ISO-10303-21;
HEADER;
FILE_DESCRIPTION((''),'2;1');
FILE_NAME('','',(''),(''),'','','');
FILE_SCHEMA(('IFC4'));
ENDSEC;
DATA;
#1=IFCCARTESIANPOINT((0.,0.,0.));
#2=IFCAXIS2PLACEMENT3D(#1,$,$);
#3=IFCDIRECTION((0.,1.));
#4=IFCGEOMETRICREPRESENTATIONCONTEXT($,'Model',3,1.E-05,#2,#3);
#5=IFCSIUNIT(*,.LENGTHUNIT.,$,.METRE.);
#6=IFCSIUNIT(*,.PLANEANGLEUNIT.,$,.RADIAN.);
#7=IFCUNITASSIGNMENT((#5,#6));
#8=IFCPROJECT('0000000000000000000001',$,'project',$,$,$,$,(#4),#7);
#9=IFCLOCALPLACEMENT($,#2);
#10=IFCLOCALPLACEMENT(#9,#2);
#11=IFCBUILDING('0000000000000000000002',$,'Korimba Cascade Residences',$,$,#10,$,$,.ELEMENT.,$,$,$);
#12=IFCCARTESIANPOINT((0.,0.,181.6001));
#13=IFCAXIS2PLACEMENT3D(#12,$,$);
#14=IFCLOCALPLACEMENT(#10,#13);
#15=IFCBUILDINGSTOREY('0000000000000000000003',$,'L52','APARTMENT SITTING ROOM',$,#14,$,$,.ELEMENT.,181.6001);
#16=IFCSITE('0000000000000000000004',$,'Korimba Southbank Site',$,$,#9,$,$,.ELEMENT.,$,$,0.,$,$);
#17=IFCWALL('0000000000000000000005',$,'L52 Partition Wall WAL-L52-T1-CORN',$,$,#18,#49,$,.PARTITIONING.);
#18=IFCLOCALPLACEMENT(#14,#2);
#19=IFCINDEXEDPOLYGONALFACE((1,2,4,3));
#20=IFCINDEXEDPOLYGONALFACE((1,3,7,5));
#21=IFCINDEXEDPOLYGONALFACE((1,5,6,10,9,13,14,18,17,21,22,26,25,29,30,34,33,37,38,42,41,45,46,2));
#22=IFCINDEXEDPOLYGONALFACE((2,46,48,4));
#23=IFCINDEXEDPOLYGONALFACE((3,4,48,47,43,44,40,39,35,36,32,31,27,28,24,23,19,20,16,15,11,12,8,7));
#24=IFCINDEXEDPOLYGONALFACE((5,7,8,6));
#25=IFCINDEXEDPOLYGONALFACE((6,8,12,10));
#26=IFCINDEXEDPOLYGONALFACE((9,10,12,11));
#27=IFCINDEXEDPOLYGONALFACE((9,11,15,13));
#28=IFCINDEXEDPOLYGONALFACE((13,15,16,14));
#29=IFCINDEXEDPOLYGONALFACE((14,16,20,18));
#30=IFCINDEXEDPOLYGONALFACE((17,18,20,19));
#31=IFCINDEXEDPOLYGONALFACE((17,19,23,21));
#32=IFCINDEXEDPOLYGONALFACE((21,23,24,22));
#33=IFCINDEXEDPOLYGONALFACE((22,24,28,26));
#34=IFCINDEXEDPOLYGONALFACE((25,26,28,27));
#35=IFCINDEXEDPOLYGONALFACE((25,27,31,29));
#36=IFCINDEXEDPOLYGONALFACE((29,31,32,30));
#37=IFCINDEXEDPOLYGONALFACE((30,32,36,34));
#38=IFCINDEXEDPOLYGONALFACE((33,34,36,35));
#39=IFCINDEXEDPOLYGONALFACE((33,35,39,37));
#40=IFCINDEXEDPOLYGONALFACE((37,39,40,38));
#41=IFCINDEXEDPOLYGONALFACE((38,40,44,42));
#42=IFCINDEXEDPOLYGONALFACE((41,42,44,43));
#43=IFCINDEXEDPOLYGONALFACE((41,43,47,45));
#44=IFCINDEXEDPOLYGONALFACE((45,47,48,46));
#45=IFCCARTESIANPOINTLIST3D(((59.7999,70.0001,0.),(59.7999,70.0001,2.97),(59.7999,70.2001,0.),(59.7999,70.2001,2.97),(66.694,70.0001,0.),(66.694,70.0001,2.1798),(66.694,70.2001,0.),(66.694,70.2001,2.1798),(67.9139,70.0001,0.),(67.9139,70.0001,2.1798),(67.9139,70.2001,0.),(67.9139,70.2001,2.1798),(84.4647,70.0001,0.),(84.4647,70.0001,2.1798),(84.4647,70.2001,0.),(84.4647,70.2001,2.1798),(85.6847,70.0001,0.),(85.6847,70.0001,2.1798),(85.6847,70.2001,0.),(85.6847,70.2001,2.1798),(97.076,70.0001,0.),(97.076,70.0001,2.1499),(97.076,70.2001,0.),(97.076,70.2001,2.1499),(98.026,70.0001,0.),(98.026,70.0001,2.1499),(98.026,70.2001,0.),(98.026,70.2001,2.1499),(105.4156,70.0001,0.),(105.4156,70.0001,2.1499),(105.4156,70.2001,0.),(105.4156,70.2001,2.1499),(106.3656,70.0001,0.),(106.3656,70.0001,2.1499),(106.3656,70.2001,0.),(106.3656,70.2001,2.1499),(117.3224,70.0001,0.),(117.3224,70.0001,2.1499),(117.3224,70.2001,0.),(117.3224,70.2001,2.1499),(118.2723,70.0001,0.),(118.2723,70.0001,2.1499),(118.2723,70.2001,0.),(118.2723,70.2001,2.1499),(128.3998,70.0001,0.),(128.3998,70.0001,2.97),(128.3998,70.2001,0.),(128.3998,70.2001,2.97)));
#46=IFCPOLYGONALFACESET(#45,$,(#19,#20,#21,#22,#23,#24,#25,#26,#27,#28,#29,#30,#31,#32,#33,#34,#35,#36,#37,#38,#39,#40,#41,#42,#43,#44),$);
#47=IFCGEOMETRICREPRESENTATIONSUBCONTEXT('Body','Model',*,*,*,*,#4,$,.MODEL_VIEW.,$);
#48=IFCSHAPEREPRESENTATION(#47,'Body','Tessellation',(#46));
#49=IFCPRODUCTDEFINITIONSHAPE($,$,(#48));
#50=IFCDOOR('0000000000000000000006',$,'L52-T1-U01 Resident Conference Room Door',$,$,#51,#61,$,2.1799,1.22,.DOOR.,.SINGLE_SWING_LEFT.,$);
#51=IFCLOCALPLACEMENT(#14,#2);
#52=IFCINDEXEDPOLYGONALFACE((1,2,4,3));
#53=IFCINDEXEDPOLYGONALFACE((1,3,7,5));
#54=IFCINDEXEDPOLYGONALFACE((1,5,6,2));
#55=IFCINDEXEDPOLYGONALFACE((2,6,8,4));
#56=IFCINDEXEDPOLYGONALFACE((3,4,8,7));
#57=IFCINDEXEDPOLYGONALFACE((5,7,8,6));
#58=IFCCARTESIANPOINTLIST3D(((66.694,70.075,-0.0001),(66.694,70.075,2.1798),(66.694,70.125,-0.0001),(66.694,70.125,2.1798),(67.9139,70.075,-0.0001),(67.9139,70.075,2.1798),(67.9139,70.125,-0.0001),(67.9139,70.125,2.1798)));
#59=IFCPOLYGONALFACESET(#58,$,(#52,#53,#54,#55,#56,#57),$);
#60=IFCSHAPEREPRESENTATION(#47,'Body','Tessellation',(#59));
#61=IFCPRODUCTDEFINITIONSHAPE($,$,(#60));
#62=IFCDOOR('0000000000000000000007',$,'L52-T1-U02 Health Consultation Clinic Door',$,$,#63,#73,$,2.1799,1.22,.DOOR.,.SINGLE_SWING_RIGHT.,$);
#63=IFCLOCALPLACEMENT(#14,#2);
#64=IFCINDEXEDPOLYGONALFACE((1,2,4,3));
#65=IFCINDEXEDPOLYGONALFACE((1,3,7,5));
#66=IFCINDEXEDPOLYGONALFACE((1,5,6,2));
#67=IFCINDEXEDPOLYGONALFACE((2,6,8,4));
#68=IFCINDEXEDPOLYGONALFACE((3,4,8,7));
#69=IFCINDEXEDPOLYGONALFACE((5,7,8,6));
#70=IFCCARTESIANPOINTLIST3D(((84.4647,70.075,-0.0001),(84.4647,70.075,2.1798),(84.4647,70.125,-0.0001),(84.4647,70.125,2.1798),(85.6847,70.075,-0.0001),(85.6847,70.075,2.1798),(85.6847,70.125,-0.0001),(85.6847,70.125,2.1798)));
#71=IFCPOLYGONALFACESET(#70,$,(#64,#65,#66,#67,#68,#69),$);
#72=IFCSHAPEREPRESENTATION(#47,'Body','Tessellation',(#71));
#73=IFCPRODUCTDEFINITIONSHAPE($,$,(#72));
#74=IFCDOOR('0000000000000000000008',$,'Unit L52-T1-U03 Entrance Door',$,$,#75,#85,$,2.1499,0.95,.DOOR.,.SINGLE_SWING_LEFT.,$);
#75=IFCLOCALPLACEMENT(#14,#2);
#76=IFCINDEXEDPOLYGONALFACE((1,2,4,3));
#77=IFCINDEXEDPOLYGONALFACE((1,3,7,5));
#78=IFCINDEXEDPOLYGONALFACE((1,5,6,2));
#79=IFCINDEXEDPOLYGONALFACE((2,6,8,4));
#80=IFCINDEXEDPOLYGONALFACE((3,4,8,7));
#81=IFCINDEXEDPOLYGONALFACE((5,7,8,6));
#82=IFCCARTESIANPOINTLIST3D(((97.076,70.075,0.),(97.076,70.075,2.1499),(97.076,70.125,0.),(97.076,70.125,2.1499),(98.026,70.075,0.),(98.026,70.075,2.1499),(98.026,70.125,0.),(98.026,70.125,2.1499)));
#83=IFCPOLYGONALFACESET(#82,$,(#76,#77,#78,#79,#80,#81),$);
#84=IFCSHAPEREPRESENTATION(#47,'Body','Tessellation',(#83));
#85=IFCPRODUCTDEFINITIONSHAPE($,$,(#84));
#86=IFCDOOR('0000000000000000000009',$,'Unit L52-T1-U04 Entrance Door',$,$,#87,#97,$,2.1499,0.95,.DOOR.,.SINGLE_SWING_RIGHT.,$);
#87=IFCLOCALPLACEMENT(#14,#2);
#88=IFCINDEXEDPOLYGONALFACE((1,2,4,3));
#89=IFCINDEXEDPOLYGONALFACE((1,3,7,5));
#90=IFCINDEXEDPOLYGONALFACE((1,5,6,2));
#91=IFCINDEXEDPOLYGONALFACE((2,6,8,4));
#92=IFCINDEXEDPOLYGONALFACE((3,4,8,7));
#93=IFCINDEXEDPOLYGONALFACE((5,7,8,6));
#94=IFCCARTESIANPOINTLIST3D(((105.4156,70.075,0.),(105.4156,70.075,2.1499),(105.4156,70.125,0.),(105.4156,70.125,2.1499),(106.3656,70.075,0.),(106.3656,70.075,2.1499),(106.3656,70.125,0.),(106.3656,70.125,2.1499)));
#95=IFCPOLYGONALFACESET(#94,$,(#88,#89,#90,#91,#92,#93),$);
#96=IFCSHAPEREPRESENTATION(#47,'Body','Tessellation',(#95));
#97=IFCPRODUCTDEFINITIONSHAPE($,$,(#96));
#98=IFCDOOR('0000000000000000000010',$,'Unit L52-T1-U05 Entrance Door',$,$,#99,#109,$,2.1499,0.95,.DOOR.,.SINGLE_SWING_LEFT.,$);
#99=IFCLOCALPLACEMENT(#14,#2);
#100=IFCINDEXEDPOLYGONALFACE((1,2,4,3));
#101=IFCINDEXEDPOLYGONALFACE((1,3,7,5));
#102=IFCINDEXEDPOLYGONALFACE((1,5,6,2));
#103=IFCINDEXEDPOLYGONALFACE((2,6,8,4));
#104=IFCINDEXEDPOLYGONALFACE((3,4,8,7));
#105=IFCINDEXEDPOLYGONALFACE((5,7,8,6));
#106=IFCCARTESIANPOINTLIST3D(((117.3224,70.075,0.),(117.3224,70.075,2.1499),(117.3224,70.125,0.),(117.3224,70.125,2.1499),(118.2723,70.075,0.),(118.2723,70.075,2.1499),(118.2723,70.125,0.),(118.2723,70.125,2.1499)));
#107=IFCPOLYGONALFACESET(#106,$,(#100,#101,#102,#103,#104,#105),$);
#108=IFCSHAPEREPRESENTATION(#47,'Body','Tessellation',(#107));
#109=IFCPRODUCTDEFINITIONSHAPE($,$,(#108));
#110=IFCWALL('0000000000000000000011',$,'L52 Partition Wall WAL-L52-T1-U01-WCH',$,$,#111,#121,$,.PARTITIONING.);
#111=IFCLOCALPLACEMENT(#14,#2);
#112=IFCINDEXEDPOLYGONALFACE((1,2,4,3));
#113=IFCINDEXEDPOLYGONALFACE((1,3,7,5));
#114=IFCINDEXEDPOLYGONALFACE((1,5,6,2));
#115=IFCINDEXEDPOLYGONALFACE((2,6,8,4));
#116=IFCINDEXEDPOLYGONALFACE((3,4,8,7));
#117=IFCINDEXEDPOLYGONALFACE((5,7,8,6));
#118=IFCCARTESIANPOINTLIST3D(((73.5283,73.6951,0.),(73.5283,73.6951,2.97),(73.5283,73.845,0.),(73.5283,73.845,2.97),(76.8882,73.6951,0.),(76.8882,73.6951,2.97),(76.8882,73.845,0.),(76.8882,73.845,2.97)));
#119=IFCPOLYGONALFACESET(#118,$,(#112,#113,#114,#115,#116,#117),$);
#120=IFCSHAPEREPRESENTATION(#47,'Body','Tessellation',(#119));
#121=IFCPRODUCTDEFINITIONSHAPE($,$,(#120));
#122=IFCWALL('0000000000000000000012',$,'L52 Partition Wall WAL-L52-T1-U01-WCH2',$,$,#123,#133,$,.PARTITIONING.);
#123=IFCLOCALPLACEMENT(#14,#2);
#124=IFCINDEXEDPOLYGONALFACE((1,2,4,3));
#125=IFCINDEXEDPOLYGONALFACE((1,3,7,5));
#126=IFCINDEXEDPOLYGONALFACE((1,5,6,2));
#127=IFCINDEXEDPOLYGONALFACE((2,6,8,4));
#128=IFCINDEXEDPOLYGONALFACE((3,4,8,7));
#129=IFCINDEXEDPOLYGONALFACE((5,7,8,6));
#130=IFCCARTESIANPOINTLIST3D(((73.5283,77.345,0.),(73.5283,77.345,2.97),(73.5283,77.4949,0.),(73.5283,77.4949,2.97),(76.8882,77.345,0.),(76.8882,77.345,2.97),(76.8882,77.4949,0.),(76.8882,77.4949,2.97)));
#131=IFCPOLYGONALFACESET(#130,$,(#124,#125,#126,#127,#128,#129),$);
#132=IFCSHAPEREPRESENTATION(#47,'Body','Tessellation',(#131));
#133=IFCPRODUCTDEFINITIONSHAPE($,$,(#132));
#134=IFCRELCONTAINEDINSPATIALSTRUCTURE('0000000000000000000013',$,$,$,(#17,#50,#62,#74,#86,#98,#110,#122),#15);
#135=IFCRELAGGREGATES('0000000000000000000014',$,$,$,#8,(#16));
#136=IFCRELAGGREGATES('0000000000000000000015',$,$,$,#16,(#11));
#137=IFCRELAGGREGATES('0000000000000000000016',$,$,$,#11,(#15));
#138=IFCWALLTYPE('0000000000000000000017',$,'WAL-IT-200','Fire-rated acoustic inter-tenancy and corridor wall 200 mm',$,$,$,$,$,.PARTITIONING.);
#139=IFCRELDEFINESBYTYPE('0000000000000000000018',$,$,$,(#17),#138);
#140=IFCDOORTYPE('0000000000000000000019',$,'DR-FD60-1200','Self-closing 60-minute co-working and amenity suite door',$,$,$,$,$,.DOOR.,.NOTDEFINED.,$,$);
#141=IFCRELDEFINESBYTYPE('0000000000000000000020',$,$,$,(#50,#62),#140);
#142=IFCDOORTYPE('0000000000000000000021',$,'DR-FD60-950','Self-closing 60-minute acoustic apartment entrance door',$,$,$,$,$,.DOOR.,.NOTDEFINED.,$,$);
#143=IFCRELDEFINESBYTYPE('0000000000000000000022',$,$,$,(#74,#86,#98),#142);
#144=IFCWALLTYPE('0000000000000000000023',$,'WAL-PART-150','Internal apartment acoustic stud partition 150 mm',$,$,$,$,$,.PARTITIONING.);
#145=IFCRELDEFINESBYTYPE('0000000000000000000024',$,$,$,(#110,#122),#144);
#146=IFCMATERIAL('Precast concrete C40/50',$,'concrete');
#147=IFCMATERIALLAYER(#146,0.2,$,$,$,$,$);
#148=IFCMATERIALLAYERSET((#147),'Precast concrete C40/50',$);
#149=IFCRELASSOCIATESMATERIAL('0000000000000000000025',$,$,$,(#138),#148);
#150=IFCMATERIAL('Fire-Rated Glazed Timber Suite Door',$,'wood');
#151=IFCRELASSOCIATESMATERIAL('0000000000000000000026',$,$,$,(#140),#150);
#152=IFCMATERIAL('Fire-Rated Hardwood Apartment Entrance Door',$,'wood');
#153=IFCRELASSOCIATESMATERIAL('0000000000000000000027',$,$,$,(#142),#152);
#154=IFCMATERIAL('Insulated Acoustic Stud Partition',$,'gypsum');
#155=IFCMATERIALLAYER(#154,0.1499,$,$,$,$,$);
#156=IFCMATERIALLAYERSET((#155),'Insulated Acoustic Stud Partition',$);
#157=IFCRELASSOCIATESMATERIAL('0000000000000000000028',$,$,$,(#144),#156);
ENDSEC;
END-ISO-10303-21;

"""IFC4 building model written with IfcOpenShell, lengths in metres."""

from ifc_helpers import new_model, si_unit, direction, frame, frame_2d, origin, place, context, subcontext, project, spatial, rectangle, extrude, material, layer, layer_set, type_object, element, fill, save


model = new_model("IFC4")

# Units and contexts
model_context = context("Model", 3, precision=1e-05, world=origin(), true_north=direction((0.0, 1.0)))
body_context = subcontext(model_context, "Body", "Model", "MODEL_VIEW")
ifc_project = project(units=[si_unit("LENGTHUNIT", "METRE"), si_unit("PLANEANGLEUNIT", "RADIAN")], contexts=[model_context])

# Site, building, storey
site_placement = place(None, origin())
site = spatial("IfcSite", under=ifc_project, at=site_placement, Name="Korimba Southbank Site", CompositionType="ELEMENT", RefElevation=0.0)
building_placement = place(site_placement, origin())
building = spatial("IfcBuilding", under=site, at=building_placement, Name="Korimba Cascade Residences", CompositionType="ELEMENT")
storey_placement = place(building_placement, frame((0.0, 0.0, 181.6001)))
storey = spatial("IfcBuildingStorey", under=building, at=storey_placement, Name="L52", Description="APARTMENT SITTING ROOM", CompositionType="ELEMENT", Elevation=181.6001)

# Shared definitions
ifc_material_1 = material(Name="Precast concrete C40/50", Category="concrete")
ifc_layer_1 = layer(ifc_material_1, 0.2)
ifc_layer_set_1 = layer_set([ifc_layer_1], Name="Precast concrete C40/50")
wall_type_1 = type_object("IfcWallType", Name="WAL-IT-200", Description="Fire-rated acoustic inter-tenancy and corridor wall 200 mm", PredefinedType="PARTITIONING", material=ifc_layer_set_1)

# Wall, openings, doors
wall_1_placement = place(storey_placement, frame((59.8, 70.1001, 0.0), z_axis=(0.0, 0.0, 1.0), x_axis=(1.0, 0.0, 0.0)))
wall_1 = element("IfcWall", 1, at=wall_1_placement, inside=storey, type_object=wall_type_1, Name="L52 Partition Wall WAL-L52-T1-CORN", PredefinedType="PARTITIONING", context=body_context, shape_type="SweptSolid", body=[
    extrude(rectangle(XDim=68.5999, YDim=0.2, at=frame_2d((34.2998, 0.0))), origin(), (0.0, 0.0, 1.0), 2.97),
])
opening_1_placement = place(wall_1_placement, frame((6.894, 0.0, 0.0)))
opening_1 = element("IfcOpeningElement", 2, at=opening_1_placement, cuts=wall_1, PredefinedType="OPENING", context=body_context, shape_type="SweptSolid", body=[
    extrude(rectangle(XDim=1.22, YDim=2.1799, at=frame_2d((0.6099, 1.0898))), frame((0.0, 0.1099, 0.0), z_axis=(0.0, -1.0, 0.0), x_axis=(1.0, 0.0, 0.0)), (0.0, 0.0, 1.0), 0.22),
])
opening_2_placement = place(wall_1_placement, frame((24.6648, 0.0, 0.0)))
opening_2 = element("IfcOpeningElement", 3, at=opening_2_placement, cuts=wall_1, PredefinedType="OPENING", context=body_context, shape_type="SweptSolid", body=[
    extrude(rectangle(XDim=1.22, YDim=2.1799, at=frame_2d((0.6099, 1.0898))), frame((0.0, 0.1099, 0.0), z_axis=(0.0, -1.0, 0.0), x_axis=(1.0, 0.0, 0.0)), (0.0, 0.0, 1.0), 0.22),
])
opening_3_placement = place(wall_1_placement, frame((37.2759, 0.0, 0.0)))
opening_3 = element("IfcOpeningElement", 4, at=opening_3_placement, cuts=wall_1, PredefinedType="OPENING", context=body_context, shape_type="SweptSolid", body=[
    extrude(rectangle(XDim=0.95, YDim=2.1499, at=frame_2d((0.4751, 1.075))), frame((0.0, 0.1099, 0.0), z_axis=(0.0, -1.0, 0.0), x_axis=(1.0, 0.0, 0.0)), (0.0, 0.0, 1.0), 0.22),
])
opening_4_placement = place(wall_1_placement, frame((45.6155, 0.0, 0.0)))
opening_4 = element("IfcOpeningElement", 5, at=opening_4_placement, cuts=wall_1, PredefinedType="OPENING", context=body_context, shape_type="SweptSolid", body=[
    extrude(rectangle(XDim=0.95, YDim=2.1499, at=frame_2d((0.4751, 1.075))), frame((0.0, 0.1099, 0.0), z_axis=(0.0, -1.0, 0.0), x_axis=(1.0, 0.0, 0.0)), (0.0, 0.0, 1.0), 0.22),
])
opening_5_placement = place(wall_1_placement, frame((57.5222, 0.0, 0.0)))
opening_5 = element("IfcOpeningElement", 6, at=opening_5_placement, cuts=wall_1, PredefinedType="OPENING", context=body_context, shape_type="SweptSolid", body=[
    extrude(rectangle(XDim=0.95, YDim=2.1499, at=frame_2d((0.4751, 1.075))), frame((0.0, 0.1099, 0.0), z_axis=(0.0, -1.0, 0.0), x_axis=(1.0, 0.0, 0.0)), (0.0, 0.0, 1.0), 0.22),
])
ifc_material_2 = material(Name="Fire-Rated Glazed Timber Suite Door", Category="wood")
door_type_1 = type_object("IfcDoorType", Name="DR-FD60-1200", Description="Self-closing 60-minute co-working and amenity suite door", OperationType="NOTDEFINED", PredefinedType="DOOR", material=ifc_material_2)
door_1_placement = place(opening_1_placement, origin())
door_1 = element("IfcDoor", 7, at=door_1_placement, inside=storey, type_object=door_type_1, Name="L52-T1-U01 Resident Conference Room Door", OperationType="SINGLE_SWING_LEFT", OverallHeight=2.1799, OverallWidth=1.22, PredefinedType="DOOR", context=body_context, shape_type="SweptSolid", body=[
    extrude(rectangle(XDim=1.22, YDim=2.1799, at=frame_2d((0.6099, 1.0898))), frame((0.0, 0.0249, 0.0), z_axis=(0.0, -1.0, 0.0), x_axis=(1.0, 0.0, 0.0)), (0.0, 0.0, 1.0), 0.05),
])
fill(opening_1, door_1)
door_2_placement = place(opening_2_placement, origin())
door_2 = element("IfcDoor", 8, at=door_2_placement, inside=storey, type_object=door_type_1, Name="L52-T1-U02 Health Consultation Clinic Door", OperationType="SINGLE_SWING_RIGHT", OverallHeight=2.1799, OverallWidth=1.22, PredefinedType="DOOR", context=body_context, shape_type="SweptSolid", body=[
    extrude(rectangle(XDim=1.22, YDim=2.1799, at=frame_2d((0.6099, 1.0898))), frame((0.0, 0.0249, 0.0), z_axis=(0.0, -1.0, 0.0), x_axis=(1.0, 0.0, 0.0)), (0.0, 0.0, 1.0), 0.05),
])
fill(opening_2, door_2)
ifc_material_3 = material(Name="Fire-Rated Hardwood Apartment Entrance Door", Category="wood")
door_type_2 = type_object("IfcDoorType", Name="DR-FD60-950", Description="Self-closing 60-minute acoustic apartment entrance door", OperationType="NOTDEFINED", PredefinedType="DOOR", material=ifc_material_3)
door_3_placement = place(opening_3_placement, origin())
door_3 = element("IfcDoor", 9, at=door_3_placement, inside=storey, type_object=door_type_2, Name="Unit L52-T1-U03 Entrance Door", OperationType="SINGLE_SWING_LEFT", OverallHeight=2.1499, OverallWidth=0.95, PredefinedType="DOOR", context=body_context, shape_type="SweptSolid", body=[
    extrude(rectangle(XDim=0.95, YDim=2.1499, at=frame_2d((0.4751, 1.075))), frame((0.0, 0.0249, 0.0), z_axis=(0.0, -1.0, 0.0), x_axis=(1.0, 0.0, 0.0)), (0.0, 0.0, 1.0), 0.05),
])
fill(opening_3, door_3)
door_4_placement = place(opening_4_placement, origin())
door_4 = element("IfcDoor", 10, at=door_4_placement, inside=storey, type_object=door_type_2, Name="Unit L52-T1-U04 Entrance Door", OperationType="SINGLE_SWING_RIGHT", OverallHeight=2.1499, OverallWidth=0.95, PredefinedType="DOOR", context=body_context, shape_type="SweptSolid", body=[
    extrude(rectangle(XDim=0.95, YDim=2.1499, at=frame_2d((0.4751, 1.075))), frame((0.0, 0.0249, 0.0), z_axis=(0.0, -1.0, 0.0), x_axis=(1.0, 0.0, 0.0)), (0.0, 0.0, 1.0), 0.05),
])
fill(opening_4, door_4)
door_5_placement = place(opening_5_placement, origin())
door_5 = element("IfcDoor", 11, at=door_5_placement, inside=storey, type_object=door_type_2, Name="Unit L52-T1-U05 Entrance Door", OperationType="SINGLE_SWING_LEFT", OverallHeight=2.1499, OverallWidth=0.95, PredefinedType="DOOR", context=body_context, shape_type="SweptSolid", body=[
    extrude(rectangle(XDim=0.95, YDim=2.1499, at=frame_2d((0.4751, 1.075))), frame((0.0, 0.0249, 0.0), z_axis=(0.0, -1.0, 0.0), x_axis=(1.0, 0.0, 0.0)), (0.0, 0.0, 1.0), 0.05),
])
fill(opening_5, door_5)

# Walls
ifc_material_4 = material(Name="Insulated Acoustic Stud Partition", Category="gypsum")
ifc_layer_2 = layer(ifc_material_4, 0.1499)
ifc_layer_set_2 = layer_set([ifc_layer_2], Name="Insulated Acoustic Stud Partition")
wall_type_2 = type_object("IfcWallType", Name="WAL-PART-150", Description="Internal apartment acoustic stud partition 150 mm", PredefinedType="PARTITIONING", material=ifc_layer_set_2)
for number, where, z_axis, x_axis, name in (
    (12, (73.5283, 73.77, 0.0), (0.0, 0.0, 1.0), (1.0, 0.0, 0.0), "L52 Partition Wall WAL-L52-T1-U01-WCH"),
    (13, (73.5283, 77.4199, 0.0), (0.0, 0.0, 1.0), (1.0, 0.0, 0.0), "L52 Partition Wall WAL-L52-T1-U01-WCH2"),
):
    element("IfcWall", number, at=place(storey_placement, frame(where, z_axis=z_axis, x_axis=x_axis)), inside=storey, type_object=wall_type_2, Name=name, PredefinedType="PARTITIONING", context=body_context, shape_type="SweptSolid", body=[
        extrude(rectangle(XDim=3.3599, YDim=0.1499, at=frame_2d((1.6799, 0.0))), origin(), (0.0, 0.0, 1.0), 2.97),
    ])

save(model, "model.ifc")
